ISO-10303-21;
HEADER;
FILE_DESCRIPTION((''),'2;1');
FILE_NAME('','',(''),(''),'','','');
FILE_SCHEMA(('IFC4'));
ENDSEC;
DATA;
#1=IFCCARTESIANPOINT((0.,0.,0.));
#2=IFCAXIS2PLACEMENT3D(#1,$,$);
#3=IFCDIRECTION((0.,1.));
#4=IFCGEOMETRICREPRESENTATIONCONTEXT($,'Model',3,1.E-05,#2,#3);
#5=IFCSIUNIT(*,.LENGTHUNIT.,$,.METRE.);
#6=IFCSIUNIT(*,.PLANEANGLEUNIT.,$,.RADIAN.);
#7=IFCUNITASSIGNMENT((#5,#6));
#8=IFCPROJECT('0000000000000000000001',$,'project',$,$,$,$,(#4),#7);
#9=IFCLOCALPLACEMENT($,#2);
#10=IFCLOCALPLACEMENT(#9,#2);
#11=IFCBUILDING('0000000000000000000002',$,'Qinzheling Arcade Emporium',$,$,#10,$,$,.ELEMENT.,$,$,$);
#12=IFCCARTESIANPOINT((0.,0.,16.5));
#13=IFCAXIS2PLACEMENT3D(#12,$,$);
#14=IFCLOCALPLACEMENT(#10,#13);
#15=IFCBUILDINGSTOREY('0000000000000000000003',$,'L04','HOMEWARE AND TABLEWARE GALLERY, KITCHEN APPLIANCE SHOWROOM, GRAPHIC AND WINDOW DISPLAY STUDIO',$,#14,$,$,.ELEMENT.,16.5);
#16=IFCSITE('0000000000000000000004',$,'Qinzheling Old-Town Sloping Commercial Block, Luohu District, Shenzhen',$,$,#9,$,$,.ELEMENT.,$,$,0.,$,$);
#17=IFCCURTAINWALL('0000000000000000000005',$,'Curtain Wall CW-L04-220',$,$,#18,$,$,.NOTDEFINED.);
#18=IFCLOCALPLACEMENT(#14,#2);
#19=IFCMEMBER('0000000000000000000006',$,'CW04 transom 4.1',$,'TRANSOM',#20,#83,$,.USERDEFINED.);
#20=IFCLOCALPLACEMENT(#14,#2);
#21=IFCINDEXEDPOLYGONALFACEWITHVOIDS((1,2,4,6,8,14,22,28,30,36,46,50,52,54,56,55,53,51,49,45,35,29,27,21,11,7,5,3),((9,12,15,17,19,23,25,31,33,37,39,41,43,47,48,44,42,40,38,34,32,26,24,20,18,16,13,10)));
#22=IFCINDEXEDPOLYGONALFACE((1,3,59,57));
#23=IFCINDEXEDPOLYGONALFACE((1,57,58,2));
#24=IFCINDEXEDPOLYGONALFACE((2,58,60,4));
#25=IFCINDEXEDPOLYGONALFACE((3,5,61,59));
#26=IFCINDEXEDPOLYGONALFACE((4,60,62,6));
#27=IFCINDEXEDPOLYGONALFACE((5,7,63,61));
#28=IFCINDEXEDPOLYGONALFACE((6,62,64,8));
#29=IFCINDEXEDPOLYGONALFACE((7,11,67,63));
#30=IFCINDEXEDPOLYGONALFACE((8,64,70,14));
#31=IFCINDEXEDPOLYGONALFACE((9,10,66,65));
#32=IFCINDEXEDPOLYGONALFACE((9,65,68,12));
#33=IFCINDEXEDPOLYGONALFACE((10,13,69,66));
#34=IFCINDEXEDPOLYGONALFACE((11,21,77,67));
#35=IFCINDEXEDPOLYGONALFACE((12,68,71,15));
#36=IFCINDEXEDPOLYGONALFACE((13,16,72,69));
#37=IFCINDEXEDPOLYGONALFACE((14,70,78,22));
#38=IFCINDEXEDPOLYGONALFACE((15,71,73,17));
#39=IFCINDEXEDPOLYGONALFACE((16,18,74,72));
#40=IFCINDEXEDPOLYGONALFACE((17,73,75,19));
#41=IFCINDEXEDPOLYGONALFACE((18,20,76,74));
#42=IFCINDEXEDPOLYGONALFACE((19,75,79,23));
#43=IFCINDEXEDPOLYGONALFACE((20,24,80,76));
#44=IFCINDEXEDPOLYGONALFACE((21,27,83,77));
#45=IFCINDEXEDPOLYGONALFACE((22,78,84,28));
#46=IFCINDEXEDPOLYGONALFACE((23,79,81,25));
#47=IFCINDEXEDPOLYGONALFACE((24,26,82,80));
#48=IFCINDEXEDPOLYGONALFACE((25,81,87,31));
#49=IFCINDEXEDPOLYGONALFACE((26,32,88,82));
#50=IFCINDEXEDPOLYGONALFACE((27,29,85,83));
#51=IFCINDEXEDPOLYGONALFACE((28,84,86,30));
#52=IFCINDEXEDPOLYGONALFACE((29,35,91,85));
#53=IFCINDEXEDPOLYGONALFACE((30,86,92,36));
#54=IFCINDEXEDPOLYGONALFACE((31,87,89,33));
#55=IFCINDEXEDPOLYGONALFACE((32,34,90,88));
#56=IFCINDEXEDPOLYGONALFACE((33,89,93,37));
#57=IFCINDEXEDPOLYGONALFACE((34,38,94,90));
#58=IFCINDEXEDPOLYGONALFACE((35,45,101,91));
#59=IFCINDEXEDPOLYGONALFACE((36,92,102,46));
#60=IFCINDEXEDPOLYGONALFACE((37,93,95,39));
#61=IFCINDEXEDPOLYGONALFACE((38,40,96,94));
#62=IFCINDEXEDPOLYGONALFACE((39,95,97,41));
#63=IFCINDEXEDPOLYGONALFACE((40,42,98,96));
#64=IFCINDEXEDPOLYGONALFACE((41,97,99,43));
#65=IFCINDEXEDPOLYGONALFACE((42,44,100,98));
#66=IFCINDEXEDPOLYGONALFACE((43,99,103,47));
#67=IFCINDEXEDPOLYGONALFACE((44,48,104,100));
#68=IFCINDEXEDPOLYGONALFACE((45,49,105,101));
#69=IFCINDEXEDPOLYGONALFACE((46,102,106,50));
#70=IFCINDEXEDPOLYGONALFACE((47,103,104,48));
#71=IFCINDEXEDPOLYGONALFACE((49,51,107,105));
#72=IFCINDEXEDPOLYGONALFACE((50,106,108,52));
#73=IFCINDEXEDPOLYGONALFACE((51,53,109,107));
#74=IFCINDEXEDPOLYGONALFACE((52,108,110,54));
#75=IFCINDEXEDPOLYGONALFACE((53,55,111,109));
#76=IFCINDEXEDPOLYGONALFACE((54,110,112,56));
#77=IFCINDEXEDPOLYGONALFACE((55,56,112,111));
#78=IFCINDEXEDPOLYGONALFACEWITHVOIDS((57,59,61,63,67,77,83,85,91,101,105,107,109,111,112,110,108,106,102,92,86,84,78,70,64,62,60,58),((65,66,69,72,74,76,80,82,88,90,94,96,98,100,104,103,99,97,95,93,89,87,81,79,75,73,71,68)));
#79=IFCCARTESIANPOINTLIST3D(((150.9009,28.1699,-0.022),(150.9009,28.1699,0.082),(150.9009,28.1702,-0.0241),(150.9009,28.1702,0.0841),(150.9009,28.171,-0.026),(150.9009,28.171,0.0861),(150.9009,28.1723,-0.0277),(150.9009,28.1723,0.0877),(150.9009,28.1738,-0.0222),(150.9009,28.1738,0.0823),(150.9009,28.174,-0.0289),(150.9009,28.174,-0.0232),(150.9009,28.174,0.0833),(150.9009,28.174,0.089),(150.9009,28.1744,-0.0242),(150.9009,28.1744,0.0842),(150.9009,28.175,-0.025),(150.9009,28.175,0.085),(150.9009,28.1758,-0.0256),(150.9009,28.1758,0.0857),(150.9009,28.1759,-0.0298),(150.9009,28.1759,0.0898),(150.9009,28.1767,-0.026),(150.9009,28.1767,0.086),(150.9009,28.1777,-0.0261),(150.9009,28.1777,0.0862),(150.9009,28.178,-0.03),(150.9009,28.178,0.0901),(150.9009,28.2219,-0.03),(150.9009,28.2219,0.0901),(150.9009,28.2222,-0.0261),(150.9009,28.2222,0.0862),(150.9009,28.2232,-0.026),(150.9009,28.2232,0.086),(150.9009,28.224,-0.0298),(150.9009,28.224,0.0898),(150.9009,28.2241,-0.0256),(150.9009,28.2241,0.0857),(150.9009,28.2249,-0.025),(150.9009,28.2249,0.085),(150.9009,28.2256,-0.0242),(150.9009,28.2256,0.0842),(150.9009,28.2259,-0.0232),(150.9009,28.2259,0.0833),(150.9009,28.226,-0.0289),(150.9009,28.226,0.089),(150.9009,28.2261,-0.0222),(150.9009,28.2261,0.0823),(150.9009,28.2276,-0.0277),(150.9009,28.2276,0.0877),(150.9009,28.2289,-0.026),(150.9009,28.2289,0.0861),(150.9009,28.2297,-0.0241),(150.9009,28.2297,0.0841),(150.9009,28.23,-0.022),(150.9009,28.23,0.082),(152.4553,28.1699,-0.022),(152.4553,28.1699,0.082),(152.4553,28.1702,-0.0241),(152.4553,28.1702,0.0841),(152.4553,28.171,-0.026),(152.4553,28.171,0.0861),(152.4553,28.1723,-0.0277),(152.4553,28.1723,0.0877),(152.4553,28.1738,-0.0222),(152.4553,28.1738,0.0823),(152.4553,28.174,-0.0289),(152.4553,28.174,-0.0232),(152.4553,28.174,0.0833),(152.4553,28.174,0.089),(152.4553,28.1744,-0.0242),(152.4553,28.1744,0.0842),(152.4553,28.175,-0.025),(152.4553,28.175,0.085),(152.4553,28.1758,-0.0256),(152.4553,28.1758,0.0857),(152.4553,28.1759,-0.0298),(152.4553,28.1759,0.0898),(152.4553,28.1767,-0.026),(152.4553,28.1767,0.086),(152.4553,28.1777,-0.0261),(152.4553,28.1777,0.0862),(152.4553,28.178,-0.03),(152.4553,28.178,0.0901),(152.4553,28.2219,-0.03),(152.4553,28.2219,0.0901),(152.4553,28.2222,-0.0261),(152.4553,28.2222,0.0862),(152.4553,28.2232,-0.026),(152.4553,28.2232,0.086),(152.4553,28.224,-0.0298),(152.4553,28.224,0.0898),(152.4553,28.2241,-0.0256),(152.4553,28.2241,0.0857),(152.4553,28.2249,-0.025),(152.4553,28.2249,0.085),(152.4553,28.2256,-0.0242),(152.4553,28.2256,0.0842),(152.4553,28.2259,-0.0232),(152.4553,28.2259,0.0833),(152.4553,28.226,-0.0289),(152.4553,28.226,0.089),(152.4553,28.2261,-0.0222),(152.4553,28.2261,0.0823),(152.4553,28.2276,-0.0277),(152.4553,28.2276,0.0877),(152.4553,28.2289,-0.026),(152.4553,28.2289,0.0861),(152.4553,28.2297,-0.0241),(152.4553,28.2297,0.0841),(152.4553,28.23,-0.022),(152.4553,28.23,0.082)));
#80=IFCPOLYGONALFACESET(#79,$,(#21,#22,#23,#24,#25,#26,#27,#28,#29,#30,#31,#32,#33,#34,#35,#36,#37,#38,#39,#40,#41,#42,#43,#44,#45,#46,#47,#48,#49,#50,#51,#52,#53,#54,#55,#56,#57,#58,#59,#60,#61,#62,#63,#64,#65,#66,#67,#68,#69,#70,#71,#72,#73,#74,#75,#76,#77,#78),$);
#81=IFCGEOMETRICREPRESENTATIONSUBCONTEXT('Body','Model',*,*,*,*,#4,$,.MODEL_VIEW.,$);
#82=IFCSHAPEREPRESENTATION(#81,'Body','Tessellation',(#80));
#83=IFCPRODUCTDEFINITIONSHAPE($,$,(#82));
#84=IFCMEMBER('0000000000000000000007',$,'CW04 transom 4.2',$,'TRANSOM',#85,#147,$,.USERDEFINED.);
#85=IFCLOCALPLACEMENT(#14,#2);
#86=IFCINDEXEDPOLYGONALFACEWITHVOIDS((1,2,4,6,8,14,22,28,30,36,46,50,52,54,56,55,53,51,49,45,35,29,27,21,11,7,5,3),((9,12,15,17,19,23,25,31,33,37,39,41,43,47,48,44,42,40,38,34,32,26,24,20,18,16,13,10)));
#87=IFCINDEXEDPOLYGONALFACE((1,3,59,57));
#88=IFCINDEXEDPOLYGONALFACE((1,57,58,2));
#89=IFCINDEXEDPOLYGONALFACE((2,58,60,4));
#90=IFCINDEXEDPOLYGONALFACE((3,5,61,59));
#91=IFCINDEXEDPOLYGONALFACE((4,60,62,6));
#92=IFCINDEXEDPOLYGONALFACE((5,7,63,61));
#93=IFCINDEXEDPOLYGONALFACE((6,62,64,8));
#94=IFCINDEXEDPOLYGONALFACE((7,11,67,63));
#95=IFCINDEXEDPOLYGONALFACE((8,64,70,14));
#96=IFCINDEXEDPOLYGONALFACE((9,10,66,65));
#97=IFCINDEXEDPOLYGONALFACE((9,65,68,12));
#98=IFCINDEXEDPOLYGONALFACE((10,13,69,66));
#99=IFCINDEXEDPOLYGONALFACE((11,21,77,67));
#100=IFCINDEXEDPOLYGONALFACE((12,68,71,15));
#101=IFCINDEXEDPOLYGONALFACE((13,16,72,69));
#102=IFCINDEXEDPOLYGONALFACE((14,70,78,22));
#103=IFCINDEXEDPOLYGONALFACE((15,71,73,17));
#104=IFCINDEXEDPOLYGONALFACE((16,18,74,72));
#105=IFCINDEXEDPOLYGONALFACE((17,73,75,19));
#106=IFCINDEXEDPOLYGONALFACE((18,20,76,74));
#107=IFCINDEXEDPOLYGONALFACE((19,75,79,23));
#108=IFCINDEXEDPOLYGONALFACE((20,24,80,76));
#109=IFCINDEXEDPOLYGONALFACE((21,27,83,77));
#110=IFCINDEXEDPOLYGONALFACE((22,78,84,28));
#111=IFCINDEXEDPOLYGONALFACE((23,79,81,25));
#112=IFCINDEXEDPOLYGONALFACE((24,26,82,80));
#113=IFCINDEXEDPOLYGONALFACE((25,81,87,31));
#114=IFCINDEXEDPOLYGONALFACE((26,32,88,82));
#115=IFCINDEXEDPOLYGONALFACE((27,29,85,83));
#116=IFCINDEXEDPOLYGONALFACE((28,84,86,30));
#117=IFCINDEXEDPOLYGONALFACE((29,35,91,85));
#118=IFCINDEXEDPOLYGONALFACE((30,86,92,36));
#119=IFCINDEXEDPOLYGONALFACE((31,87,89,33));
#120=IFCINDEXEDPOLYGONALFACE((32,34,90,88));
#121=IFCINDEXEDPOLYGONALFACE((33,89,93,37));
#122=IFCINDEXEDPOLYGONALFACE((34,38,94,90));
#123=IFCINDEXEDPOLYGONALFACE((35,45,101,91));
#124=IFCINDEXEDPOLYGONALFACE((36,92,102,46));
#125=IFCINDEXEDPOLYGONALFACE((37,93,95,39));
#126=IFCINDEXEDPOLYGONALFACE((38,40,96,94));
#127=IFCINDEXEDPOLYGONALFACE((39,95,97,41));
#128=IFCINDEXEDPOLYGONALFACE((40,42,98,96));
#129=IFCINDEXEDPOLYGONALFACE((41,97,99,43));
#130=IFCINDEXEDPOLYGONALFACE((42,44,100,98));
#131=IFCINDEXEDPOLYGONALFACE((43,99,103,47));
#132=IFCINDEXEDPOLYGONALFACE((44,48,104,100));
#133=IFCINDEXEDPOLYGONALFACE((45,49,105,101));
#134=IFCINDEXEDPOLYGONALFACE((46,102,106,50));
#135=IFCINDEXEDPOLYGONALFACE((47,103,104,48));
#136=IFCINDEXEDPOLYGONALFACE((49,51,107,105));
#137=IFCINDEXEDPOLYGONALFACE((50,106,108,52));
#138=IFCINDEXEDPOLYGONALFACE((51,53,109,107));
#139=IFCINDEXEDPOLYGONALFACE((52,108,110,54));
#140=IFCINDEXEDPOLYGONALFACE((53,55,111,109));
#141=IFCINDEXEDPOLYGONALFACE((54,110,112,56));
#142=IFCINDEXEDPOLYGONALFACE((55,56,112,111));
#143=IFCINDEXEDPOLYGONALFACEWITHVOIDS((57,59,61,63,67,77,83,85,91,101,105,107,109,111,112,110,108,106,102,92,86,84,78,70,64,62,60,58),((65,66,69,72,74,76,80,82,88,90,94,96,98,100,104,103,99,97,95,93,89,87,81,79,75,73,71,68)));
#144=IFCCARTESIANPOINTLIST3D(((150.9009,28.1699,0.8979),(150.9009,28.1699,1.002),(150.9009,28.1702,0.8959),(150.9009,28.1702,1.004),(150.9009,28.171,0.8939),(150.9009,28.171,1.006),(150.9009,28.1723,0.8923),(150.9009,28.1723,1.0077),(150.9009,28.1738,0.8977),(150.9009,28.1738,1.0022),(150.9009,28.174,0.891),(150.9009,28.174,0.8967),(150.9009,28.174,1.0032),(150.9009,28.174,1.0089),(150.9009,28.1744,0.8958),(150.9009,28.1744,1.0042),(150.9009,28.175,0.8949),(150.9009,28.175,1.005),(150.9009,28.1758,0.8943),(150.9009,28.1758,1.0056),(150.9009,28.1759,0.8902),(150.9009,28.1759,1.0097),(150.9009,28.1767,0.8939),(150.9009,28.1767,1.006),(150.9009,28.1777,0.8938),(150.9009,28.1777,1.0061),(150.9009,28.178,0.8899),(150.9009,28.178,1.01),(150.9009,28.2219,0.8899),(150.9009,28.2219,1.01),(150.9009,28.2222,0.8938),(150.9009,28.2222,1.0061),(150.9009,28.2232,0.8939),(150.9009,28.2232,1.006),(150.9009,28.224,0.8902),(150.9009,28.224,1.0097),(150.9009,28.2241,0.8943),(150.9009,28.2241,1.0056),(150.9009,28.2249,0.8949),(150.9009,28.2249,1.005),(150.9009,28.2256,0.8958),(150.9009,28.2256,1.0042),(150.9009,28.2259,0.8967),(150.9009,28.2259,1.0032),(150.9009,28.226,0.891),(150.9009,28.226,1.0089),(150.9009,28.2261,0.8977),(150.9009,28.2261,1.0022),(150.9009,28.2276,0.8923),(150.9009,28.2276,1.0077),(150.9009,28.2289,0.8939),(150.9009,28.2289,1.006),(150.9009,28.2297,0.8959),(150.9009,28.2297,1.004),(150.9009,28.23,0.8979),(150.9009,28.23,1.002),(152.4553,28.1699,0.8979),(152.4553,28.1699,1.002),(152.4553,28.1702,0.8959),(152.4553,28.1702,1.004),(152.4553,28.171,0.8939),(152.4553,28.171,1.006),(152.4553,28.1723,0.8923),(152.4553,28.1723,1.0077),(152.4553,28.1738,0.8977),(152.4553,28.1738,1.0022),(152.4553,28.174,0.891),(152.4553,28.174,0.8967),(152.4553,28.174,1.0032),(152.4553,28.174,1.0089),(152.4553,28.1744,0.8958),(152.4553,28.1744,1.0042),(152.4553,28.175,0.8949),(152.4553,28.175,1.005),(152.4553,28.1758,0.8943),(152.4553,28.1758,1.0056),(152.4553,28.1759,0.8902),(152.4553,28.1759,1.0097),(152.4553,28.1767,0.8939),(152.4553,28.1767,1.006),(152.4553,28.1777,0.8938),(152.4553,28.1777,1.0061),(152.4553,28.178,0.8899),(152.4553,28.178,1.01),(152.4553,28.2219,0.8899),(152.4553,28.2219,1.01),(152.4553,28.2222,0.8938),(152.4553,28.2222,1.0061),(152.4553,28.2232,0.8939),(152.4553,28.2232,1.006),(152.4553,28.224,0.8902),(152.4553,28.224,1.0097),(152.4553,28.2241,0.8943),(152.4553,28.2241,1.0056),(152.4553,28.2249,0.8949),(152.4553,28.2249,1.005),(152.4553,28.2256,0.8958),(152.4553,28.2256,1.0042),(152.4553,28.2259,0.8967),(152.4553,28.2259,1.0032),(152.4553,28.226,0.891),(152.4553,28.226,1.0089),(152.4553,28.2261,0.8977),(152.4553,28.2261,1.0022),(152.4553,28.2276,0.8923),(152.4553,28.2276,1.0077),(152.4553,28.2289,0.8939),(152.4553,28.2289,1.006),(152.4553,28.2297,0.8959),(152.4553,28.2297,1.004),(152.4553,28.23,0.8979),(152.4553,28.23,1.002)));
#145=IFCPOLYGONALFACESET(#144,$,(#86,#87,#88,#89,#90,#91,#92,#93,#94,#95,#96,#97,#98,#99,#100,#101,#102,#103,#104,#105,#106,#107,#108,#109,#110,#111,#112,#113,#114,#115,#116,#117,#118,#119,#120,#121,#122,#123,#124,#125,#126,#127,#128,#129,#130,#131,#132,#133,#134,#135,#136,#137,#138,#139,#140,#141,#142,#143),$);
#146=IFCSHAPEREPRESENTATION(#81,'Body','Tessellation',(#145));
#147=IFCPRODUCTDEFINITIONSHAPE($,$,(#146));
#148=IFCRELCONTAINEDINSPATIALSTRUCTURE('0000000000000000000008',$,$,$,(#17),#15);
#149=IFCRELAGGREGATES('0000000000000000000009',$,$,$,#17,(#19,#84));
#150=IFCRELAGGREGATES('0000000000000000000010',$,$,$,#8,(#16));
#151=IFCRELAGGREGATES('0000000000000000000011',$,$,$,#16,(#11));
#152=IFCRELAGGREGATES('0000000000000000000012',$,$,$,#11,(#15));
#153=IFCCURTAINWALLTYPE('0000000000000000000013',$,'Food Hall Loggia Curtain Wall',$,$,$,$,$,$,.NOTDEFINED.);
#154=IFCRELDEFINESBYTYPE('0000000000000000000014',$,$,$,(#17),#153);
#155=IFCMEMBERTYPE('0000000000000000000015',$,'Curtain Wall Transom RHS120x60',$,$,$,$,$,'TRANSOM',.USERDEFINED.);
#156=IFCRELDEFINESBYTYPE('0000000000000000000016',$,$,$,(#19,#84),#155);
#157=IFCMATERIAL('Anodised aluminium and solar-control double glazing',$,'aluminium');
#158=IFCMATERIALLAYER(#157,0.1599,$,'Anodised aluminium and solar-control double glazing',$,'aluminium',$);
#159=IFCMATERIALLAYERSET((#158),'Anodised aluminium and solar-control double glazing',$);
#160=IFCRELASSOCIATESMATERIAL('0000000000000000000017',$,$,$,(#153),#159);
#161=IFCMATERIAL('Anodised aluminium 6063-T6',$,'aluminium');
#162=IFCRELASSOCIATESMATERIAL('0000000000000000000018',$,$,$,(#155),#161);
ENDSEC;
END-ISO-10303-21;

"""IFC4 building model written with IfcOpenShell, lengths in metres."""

from ifc_helpers import new_model, si_unit, direction, frame, origin, origin_2d, place, context, subcontext, project, spatial, hollow_rectangle, extrude, material, layer, layer_set, material_profile, profile_set, type_object, element, aggregate, save


model = new_model("IFC4")

# Units and contexts
model_context = context("Model", 3, precision=1e-05, world=origin(), true_north=direction((0.0, 1.0)))
body_context = subcontext(model_context, "Body", "Model", "MODEL_VIEW")
ifc_project = project(units=[si_unit("LENGTHUNIT", "METRE"), si_unit("PLANEANGLEUNIT", "RADIAN")], contexts=[model_context])

# Site, building, storey
site_placement = place(None, origin())
site = spatial("IfcSite", under=ifc_project, at=site_placement, Name="Qinzheling Old-Town Sloping Commercial Block, Luohu District, Shenzhen", CompositionType="ELEMENT", RefElevation=0.0)
building_placement = place(site_placement, origin())
building = spatial("IfcBuilding", under=site, at=building_placement, Name="Qinzheling Arcade Emporium", CompositionType="ELEMENT")
storey_placement = place(building_placement, frame((0.0, 0.0, 16.5)))
storey = spatial("IfcBuildingStorey", under=building, at=storey_placement, Name="L04", Description="HOMEWARE AND TABLEWARE GALLERY, KITCHEN APPLIANCE SHOWROOM, GRAPHIC AND WINDOW DISPLAY STUDIO", CompositionType="ELEMENT", Elevation=16.5)

# Curtain wall, members
ifc_material_1 = material(Name="Anodised aluminium and solar-control double glazing", Category="aluminium")
ifc_layer_1 = layer(ifc_material_1, 0.1599, Name="Anodised aluminium and solar-control double glazing", Category="aluminium")
ifc_layer_set_1 = layer_set([ifc_layer_1], Name="Anodised aluminium and solar-control double glazing")
curtain_wall_type = type_object("IfcCurtainWallType", Name="Food Hall Loggia Curtain Wall", PredefinedType="NOTDEFINED", material=ifc_layer_set_1)
curtain_wall_placement = place(storey_placement, origin())
curtain_wall = element("IfcCurtainWall", 1, at=curtain_wall_placement, inside=storey, type_object=curtain_wall_type, Name="Curtain Wall CW-L04-220", PredefinedType="NOTDEFINED")
ifc_material_2 = material(Name="Anodised aluminium 6063-T6", Category="aluminium")
ifc_material_profile_1 = material_profile(ifc_material_2, hollow_rectangle(XDim=0.0601, YDim=0.1201, WallThickness=0.0039, InnerFilletRadius=0.0039, OuterFilletRadius=0.0081, at=origin_2d()), Name="RHS 120x60x4", Category="aluminium")
ifc_profile_set_1 = profile_set([ifc_material_profile_1], Name="Anodised aluminium 6063-T6")
member_type_1 = type_object("IfcMemberType", Name="Curtain Wall Transom RHS120x60", ElementType="TRANSOM", PredefinedType="USERDEFINED", material=ifc_profile_set_1)
member_1_placement = place(storey_placement, frame((150.9009, 28.2, 0.03), z_axis=(1.0, 0.0, 0.0), x_axis=(0.0, 1.0, 0.0)))
member_1 = element("IfcMember", 2, at=member_1_placement, type_object=member_type_1, Name="CW04 transom 4.1", ObjectType="TRANSOM", PredefinedType="USERDEFINED", context=body_context, shape_type="SweptSolid", body=[
    extrude(hollow_rectangle(XDim=0.0601, YDim=0.1201, WallThickness=0.0039, InnerFilletRadius=0.0039, OuterFilletRadius=0.0081, at=origin_2d()), origin(), (0.0, 0.0, 1.0), 1.5544),
])
member_2_placement = place(storey_placement, frame((150.9009, 28.2, 0.95), z_axis=(1.0, 0.0, 0.0), x_axis=(0.0, 1.0, 0.0)))
member_2 = element("IfcMember", 3, at=member_2_placement, type_object=member_type_1, Name="CW04 transom 4.2", ObjectType="TRANSOM", PredefinedType="USERDEFINED", context=body_context, shape_type="SweptSolid", body=[
    extrude(hollow_rectangle(XDim=0.0601, YDim=0.1201, WallThickness=0.0039, InnerFilletRadius=0.0039, OuterFilletRadius=0.0081, at=origin_2d()), origin(), (0.0, 0.0, 1.0), 1.5544),
])

aggregate(curtain_wall, [member_1, member_2])

save(model, "model.ifc")
